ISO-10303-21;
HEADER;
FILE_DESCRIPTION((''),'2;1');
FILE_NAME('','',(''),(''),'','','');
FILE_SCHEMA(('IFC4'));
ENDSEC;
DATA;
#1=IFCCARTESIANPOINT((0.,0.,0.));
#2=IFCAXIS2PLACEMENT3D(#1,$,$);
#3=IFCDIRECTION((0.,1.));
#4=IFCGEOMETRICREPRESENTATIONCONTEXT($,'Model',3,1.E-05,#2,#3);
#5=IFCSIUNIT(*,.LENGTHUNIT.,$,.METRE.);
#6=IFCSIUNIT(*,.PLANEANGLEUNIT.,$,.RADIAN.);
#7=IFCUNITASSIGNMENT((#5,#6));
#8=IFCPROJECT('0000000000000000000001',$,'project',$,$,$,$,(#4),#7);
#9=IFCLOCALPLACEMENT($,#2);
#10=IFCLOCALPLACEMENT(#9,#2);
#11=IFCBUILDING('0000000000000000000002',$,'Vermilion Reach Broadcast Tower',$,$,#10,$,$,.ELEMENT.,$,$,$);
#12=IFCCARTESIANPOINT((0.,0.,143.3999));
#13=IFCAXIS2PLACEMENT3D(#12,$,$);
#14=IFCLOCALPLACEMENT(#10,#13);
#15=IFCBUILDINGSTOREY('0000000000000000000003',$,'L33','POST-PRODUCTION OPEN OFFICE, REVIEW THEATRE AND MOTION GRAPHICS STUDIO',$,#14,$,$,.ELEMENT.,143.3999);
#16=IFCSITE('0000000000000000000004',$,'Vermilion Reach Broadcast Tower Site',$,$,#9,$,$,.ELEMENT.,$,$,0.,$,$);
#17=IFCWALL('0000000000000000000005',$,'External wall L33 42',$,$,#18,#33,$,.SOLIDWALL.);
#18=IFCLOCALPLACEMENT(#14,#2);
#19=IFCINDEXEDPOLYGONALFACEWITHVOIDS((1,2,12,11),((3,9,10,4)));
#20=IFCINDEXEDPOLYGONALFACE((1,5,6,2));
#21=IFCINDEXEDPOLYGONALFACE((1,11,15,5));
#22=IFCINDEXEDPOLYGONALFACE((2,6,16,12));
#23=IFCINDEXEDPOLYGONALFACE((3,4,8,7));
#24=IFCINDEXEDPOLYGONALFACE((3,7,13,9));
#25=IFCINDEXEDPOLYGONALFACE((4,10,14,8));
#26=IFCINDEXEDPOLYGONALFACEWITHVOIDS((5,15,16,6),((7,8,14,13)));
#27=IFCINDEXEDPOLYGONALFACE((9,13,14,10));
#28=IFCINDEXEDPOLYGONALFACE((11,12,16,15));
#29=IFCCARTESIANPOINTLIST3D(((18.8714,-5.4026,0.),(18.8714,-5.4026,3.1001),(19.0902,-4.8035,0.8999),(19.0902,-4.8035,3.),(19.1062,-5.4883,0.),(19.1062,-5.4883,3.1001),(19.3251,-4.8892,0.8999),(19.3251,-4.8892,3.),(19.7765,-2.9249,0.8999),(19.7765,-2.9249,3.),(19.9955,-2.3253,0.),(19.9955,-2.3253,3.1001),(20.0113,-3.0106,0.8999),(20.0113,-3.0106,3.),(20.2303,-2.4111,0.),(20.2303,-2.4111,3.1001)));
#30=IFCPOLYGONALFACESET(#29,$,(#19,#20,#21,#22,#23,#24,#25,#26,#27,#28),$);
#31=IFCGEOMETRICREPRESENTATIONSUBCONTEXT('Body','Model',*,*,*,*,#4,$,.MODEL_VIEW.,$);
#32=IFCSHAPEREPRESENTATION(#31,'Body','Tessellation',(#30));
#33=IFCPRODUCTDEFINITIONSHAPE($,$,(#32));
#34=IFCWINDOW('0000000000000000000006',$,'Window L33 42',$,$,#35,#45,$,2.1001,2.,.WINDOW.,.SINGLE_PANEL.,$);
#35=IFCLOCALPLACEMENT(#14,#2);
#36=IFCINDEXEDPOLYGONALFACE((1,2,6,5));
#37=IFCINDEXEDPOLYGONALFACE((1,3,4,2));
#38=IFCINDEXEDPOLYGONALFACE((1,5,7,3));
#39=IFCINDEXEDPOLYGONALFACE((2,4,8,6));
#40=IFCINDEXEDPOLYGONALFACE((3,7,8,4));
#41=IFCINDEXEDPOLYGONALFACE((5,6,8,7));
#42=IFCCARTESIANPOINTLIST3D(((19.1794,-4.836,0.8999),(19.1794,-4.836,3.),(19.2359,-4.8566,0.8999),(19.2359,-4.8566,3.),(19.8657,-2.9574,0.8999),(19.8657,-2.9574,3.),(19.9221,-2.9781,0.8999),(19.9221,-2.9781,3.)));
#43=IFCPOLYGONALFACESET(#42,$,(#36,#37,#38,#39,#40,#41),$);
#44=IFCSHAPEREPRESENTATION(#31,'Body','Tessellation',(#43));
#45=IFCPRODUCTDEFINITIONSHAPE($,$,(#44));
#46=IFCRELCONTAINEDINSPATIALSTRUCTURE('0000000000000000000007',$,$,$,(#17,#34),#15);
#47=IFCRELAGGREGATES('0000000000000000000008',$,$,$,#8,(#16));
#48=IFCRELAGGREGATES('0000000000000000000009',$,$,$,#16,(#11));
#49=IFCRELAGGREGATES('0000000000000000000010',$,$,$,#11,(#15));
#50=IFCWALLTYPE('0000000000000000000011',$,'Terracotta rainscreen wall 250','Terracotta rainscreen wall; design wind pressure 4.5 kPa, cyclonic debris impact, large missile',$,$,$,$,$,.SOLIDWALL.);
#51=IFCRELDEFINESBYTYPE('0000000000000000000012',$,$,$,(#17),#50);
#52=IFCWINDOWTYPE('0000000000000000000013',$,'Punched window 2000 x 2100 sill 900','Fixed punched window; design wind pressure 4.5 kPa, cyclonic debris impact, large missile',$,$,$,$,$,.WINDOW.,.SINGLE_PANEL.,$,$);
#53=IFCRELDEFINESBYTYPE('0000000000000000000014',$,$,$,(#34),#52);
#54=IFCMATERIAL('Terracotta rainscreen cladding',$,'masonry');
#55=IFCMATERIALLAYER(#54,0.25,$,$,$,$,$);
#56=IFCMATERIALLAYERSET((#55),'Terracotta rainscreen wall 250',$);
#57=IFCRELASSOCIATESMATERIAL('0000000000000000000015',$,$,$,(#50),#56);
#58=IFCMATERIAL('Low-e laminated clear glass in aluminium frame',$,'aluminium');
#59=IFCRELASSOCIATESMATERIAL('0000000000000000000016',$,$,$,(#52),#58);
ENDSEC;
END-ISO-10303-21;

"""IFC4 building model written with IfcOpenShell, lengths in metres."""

from ifc_helpers import new_model, si_unit, direction, frame, frame_2d, origin, place, context, subcontext, project, spatial, rectangle, extrude, material, layer, layer_set, type_object, element, fill, save


model = new_model("IFC4")

# Units and contexts
model_context = context("Model", 3, precision=1e-05, world=origin(), true_north=direction((0.0, 1.0)))
body_context = subcontext(model_context, "Body", "Model", "MODEL_VIEW")
ifc_project = project(units=[si_unit("LENGTHUNIT", "METRE"), si_unit("PLANEANGLEUNIT", "RADIAN")], contexts=[model_context])

# Site, building, storey
site_placement = place(None, origin())
site = spatial("IfcSite", under=ifc_project, at=site_placement, Name="Vermilion Reach Broadcast Tower Site", CompositionType="ELEMENT", RefElevation=0.0)
building_placement = place(site_placement, origin())
building = spatial("IfcBuilding", under=site, at=building_placement, Name="Vermilion Reach Broadcast Tower", CompositionType="ELEMENT")
storey_placement = place(building_placement, frame((0.0, 0.0, 143.3999)))
storey = spatial("IfcBuildingStorey", under=building, at=storey_placement, Name="L33", Description="POST-PRODUCTION OPEN OFFICE, REVIEW THEATRE AND MOTION GRAPHICS STUDIO", CompositionType="ELEMENT", Elevation=143.3999)

# Wall, opening, window
ifc_material_1 = material(Name="Terracotta rainscreen cladding", Category="masonry")
ifc_layer_1 = layer(ifc_material_1, 0.25)
ifc_layer_set_1 = layer_set([ifc_layer_1], Name="Terracotta rainscreen wall 250")
wall_type_1 = type_object("IfcWallType", Name="Terracotta rainscreen wall 250", Description="Terracotta rainscreen wall; design wind pressure 4.5 kPa, cyclonic debris impact, large missile", PredefinedType="SOLIDWALL", material=ifc_layer_set_1)
ifc_material_2 = material(Name="Low-e laminated clear glass in aluminium frame", Category="aluminium")
window_type = type_object("IfcWindowType", Name="Punched window 2000 x 2100 sill 900", Description="Fixed punched window; design wind pressure 4.5 kPa, cyclonic debris impact, large missile", PartitioningType="SINGLE_PANEL", PredefinedType="WINDOW", material=ifc_material_2)
wall_1_placement = place(storey_placement, frame((18.9888, -5.4456, 0.0), z_axis=(0.0, 0.0, 1.0), x_axis=(0.343107, 0.939296, 0.0)))
wall_1 = element("IfcWall", 1, at=wall_1_placement, inside=storey, type_object=wall_type_1, Name="External wall L33 42", PredefinedType="SOLIDWALL", context=body_context, shape_type="SweptSolid", body=[
    extrude(rectangle(XDim=3.2761, YDim=0.25, at=frame_2d((1.6382, 0.0))), origin(), (0.0, 0.0, 1.0), 3.1001),
])
opening_1_placement = place(wall_1_placement, frame((0.6379, 0.0, 0.8999)))
opening_1 = element("IfcOpeningElement", 2, at=opening_1_placement, cuts=wall_1, PredefinedType="OPENING", context=body_context, shape_type="SweptSolid", body=[
    extrude(rectangle(XDim=2.0, YDim=2.1001, at=frame_2d((1.0, 1.05))), frame((0.0, 0.135, 0.0), z_axis=(0.0, -1.0, 0.0), x_axis=(1.0, 0.0, 0.0)), (0.0, 0.0, 1.0), 0.27),
])
window_1_placement = place(opening_1_placement, origin())
window_1 = element("IfcWindow", 3, at=window_1_placement, inside=storey, type_object=window_type, Name="Window L33 42", OverallHeight=2.1001, OverallWidth=2.0, PartitioningType="SINGLE_PANEL", PredefinedType="WINDOW", context=body_context, shape_type="SweptSolid", body=[
    extrude(rectangle(XDim=2.0, YDim=2.1001, at=frame_2d((1.0, 1.05))), frame((0.0, 0.03, 0.0), z_axis=(0.0, -1.0, 0.0), x_axis=(1.0, 0.0, 0.0)), (0.0, 0.0, 1.0), 0.0601),
])
fill(opening_1, window_1)

save(model, "model.ifc")
